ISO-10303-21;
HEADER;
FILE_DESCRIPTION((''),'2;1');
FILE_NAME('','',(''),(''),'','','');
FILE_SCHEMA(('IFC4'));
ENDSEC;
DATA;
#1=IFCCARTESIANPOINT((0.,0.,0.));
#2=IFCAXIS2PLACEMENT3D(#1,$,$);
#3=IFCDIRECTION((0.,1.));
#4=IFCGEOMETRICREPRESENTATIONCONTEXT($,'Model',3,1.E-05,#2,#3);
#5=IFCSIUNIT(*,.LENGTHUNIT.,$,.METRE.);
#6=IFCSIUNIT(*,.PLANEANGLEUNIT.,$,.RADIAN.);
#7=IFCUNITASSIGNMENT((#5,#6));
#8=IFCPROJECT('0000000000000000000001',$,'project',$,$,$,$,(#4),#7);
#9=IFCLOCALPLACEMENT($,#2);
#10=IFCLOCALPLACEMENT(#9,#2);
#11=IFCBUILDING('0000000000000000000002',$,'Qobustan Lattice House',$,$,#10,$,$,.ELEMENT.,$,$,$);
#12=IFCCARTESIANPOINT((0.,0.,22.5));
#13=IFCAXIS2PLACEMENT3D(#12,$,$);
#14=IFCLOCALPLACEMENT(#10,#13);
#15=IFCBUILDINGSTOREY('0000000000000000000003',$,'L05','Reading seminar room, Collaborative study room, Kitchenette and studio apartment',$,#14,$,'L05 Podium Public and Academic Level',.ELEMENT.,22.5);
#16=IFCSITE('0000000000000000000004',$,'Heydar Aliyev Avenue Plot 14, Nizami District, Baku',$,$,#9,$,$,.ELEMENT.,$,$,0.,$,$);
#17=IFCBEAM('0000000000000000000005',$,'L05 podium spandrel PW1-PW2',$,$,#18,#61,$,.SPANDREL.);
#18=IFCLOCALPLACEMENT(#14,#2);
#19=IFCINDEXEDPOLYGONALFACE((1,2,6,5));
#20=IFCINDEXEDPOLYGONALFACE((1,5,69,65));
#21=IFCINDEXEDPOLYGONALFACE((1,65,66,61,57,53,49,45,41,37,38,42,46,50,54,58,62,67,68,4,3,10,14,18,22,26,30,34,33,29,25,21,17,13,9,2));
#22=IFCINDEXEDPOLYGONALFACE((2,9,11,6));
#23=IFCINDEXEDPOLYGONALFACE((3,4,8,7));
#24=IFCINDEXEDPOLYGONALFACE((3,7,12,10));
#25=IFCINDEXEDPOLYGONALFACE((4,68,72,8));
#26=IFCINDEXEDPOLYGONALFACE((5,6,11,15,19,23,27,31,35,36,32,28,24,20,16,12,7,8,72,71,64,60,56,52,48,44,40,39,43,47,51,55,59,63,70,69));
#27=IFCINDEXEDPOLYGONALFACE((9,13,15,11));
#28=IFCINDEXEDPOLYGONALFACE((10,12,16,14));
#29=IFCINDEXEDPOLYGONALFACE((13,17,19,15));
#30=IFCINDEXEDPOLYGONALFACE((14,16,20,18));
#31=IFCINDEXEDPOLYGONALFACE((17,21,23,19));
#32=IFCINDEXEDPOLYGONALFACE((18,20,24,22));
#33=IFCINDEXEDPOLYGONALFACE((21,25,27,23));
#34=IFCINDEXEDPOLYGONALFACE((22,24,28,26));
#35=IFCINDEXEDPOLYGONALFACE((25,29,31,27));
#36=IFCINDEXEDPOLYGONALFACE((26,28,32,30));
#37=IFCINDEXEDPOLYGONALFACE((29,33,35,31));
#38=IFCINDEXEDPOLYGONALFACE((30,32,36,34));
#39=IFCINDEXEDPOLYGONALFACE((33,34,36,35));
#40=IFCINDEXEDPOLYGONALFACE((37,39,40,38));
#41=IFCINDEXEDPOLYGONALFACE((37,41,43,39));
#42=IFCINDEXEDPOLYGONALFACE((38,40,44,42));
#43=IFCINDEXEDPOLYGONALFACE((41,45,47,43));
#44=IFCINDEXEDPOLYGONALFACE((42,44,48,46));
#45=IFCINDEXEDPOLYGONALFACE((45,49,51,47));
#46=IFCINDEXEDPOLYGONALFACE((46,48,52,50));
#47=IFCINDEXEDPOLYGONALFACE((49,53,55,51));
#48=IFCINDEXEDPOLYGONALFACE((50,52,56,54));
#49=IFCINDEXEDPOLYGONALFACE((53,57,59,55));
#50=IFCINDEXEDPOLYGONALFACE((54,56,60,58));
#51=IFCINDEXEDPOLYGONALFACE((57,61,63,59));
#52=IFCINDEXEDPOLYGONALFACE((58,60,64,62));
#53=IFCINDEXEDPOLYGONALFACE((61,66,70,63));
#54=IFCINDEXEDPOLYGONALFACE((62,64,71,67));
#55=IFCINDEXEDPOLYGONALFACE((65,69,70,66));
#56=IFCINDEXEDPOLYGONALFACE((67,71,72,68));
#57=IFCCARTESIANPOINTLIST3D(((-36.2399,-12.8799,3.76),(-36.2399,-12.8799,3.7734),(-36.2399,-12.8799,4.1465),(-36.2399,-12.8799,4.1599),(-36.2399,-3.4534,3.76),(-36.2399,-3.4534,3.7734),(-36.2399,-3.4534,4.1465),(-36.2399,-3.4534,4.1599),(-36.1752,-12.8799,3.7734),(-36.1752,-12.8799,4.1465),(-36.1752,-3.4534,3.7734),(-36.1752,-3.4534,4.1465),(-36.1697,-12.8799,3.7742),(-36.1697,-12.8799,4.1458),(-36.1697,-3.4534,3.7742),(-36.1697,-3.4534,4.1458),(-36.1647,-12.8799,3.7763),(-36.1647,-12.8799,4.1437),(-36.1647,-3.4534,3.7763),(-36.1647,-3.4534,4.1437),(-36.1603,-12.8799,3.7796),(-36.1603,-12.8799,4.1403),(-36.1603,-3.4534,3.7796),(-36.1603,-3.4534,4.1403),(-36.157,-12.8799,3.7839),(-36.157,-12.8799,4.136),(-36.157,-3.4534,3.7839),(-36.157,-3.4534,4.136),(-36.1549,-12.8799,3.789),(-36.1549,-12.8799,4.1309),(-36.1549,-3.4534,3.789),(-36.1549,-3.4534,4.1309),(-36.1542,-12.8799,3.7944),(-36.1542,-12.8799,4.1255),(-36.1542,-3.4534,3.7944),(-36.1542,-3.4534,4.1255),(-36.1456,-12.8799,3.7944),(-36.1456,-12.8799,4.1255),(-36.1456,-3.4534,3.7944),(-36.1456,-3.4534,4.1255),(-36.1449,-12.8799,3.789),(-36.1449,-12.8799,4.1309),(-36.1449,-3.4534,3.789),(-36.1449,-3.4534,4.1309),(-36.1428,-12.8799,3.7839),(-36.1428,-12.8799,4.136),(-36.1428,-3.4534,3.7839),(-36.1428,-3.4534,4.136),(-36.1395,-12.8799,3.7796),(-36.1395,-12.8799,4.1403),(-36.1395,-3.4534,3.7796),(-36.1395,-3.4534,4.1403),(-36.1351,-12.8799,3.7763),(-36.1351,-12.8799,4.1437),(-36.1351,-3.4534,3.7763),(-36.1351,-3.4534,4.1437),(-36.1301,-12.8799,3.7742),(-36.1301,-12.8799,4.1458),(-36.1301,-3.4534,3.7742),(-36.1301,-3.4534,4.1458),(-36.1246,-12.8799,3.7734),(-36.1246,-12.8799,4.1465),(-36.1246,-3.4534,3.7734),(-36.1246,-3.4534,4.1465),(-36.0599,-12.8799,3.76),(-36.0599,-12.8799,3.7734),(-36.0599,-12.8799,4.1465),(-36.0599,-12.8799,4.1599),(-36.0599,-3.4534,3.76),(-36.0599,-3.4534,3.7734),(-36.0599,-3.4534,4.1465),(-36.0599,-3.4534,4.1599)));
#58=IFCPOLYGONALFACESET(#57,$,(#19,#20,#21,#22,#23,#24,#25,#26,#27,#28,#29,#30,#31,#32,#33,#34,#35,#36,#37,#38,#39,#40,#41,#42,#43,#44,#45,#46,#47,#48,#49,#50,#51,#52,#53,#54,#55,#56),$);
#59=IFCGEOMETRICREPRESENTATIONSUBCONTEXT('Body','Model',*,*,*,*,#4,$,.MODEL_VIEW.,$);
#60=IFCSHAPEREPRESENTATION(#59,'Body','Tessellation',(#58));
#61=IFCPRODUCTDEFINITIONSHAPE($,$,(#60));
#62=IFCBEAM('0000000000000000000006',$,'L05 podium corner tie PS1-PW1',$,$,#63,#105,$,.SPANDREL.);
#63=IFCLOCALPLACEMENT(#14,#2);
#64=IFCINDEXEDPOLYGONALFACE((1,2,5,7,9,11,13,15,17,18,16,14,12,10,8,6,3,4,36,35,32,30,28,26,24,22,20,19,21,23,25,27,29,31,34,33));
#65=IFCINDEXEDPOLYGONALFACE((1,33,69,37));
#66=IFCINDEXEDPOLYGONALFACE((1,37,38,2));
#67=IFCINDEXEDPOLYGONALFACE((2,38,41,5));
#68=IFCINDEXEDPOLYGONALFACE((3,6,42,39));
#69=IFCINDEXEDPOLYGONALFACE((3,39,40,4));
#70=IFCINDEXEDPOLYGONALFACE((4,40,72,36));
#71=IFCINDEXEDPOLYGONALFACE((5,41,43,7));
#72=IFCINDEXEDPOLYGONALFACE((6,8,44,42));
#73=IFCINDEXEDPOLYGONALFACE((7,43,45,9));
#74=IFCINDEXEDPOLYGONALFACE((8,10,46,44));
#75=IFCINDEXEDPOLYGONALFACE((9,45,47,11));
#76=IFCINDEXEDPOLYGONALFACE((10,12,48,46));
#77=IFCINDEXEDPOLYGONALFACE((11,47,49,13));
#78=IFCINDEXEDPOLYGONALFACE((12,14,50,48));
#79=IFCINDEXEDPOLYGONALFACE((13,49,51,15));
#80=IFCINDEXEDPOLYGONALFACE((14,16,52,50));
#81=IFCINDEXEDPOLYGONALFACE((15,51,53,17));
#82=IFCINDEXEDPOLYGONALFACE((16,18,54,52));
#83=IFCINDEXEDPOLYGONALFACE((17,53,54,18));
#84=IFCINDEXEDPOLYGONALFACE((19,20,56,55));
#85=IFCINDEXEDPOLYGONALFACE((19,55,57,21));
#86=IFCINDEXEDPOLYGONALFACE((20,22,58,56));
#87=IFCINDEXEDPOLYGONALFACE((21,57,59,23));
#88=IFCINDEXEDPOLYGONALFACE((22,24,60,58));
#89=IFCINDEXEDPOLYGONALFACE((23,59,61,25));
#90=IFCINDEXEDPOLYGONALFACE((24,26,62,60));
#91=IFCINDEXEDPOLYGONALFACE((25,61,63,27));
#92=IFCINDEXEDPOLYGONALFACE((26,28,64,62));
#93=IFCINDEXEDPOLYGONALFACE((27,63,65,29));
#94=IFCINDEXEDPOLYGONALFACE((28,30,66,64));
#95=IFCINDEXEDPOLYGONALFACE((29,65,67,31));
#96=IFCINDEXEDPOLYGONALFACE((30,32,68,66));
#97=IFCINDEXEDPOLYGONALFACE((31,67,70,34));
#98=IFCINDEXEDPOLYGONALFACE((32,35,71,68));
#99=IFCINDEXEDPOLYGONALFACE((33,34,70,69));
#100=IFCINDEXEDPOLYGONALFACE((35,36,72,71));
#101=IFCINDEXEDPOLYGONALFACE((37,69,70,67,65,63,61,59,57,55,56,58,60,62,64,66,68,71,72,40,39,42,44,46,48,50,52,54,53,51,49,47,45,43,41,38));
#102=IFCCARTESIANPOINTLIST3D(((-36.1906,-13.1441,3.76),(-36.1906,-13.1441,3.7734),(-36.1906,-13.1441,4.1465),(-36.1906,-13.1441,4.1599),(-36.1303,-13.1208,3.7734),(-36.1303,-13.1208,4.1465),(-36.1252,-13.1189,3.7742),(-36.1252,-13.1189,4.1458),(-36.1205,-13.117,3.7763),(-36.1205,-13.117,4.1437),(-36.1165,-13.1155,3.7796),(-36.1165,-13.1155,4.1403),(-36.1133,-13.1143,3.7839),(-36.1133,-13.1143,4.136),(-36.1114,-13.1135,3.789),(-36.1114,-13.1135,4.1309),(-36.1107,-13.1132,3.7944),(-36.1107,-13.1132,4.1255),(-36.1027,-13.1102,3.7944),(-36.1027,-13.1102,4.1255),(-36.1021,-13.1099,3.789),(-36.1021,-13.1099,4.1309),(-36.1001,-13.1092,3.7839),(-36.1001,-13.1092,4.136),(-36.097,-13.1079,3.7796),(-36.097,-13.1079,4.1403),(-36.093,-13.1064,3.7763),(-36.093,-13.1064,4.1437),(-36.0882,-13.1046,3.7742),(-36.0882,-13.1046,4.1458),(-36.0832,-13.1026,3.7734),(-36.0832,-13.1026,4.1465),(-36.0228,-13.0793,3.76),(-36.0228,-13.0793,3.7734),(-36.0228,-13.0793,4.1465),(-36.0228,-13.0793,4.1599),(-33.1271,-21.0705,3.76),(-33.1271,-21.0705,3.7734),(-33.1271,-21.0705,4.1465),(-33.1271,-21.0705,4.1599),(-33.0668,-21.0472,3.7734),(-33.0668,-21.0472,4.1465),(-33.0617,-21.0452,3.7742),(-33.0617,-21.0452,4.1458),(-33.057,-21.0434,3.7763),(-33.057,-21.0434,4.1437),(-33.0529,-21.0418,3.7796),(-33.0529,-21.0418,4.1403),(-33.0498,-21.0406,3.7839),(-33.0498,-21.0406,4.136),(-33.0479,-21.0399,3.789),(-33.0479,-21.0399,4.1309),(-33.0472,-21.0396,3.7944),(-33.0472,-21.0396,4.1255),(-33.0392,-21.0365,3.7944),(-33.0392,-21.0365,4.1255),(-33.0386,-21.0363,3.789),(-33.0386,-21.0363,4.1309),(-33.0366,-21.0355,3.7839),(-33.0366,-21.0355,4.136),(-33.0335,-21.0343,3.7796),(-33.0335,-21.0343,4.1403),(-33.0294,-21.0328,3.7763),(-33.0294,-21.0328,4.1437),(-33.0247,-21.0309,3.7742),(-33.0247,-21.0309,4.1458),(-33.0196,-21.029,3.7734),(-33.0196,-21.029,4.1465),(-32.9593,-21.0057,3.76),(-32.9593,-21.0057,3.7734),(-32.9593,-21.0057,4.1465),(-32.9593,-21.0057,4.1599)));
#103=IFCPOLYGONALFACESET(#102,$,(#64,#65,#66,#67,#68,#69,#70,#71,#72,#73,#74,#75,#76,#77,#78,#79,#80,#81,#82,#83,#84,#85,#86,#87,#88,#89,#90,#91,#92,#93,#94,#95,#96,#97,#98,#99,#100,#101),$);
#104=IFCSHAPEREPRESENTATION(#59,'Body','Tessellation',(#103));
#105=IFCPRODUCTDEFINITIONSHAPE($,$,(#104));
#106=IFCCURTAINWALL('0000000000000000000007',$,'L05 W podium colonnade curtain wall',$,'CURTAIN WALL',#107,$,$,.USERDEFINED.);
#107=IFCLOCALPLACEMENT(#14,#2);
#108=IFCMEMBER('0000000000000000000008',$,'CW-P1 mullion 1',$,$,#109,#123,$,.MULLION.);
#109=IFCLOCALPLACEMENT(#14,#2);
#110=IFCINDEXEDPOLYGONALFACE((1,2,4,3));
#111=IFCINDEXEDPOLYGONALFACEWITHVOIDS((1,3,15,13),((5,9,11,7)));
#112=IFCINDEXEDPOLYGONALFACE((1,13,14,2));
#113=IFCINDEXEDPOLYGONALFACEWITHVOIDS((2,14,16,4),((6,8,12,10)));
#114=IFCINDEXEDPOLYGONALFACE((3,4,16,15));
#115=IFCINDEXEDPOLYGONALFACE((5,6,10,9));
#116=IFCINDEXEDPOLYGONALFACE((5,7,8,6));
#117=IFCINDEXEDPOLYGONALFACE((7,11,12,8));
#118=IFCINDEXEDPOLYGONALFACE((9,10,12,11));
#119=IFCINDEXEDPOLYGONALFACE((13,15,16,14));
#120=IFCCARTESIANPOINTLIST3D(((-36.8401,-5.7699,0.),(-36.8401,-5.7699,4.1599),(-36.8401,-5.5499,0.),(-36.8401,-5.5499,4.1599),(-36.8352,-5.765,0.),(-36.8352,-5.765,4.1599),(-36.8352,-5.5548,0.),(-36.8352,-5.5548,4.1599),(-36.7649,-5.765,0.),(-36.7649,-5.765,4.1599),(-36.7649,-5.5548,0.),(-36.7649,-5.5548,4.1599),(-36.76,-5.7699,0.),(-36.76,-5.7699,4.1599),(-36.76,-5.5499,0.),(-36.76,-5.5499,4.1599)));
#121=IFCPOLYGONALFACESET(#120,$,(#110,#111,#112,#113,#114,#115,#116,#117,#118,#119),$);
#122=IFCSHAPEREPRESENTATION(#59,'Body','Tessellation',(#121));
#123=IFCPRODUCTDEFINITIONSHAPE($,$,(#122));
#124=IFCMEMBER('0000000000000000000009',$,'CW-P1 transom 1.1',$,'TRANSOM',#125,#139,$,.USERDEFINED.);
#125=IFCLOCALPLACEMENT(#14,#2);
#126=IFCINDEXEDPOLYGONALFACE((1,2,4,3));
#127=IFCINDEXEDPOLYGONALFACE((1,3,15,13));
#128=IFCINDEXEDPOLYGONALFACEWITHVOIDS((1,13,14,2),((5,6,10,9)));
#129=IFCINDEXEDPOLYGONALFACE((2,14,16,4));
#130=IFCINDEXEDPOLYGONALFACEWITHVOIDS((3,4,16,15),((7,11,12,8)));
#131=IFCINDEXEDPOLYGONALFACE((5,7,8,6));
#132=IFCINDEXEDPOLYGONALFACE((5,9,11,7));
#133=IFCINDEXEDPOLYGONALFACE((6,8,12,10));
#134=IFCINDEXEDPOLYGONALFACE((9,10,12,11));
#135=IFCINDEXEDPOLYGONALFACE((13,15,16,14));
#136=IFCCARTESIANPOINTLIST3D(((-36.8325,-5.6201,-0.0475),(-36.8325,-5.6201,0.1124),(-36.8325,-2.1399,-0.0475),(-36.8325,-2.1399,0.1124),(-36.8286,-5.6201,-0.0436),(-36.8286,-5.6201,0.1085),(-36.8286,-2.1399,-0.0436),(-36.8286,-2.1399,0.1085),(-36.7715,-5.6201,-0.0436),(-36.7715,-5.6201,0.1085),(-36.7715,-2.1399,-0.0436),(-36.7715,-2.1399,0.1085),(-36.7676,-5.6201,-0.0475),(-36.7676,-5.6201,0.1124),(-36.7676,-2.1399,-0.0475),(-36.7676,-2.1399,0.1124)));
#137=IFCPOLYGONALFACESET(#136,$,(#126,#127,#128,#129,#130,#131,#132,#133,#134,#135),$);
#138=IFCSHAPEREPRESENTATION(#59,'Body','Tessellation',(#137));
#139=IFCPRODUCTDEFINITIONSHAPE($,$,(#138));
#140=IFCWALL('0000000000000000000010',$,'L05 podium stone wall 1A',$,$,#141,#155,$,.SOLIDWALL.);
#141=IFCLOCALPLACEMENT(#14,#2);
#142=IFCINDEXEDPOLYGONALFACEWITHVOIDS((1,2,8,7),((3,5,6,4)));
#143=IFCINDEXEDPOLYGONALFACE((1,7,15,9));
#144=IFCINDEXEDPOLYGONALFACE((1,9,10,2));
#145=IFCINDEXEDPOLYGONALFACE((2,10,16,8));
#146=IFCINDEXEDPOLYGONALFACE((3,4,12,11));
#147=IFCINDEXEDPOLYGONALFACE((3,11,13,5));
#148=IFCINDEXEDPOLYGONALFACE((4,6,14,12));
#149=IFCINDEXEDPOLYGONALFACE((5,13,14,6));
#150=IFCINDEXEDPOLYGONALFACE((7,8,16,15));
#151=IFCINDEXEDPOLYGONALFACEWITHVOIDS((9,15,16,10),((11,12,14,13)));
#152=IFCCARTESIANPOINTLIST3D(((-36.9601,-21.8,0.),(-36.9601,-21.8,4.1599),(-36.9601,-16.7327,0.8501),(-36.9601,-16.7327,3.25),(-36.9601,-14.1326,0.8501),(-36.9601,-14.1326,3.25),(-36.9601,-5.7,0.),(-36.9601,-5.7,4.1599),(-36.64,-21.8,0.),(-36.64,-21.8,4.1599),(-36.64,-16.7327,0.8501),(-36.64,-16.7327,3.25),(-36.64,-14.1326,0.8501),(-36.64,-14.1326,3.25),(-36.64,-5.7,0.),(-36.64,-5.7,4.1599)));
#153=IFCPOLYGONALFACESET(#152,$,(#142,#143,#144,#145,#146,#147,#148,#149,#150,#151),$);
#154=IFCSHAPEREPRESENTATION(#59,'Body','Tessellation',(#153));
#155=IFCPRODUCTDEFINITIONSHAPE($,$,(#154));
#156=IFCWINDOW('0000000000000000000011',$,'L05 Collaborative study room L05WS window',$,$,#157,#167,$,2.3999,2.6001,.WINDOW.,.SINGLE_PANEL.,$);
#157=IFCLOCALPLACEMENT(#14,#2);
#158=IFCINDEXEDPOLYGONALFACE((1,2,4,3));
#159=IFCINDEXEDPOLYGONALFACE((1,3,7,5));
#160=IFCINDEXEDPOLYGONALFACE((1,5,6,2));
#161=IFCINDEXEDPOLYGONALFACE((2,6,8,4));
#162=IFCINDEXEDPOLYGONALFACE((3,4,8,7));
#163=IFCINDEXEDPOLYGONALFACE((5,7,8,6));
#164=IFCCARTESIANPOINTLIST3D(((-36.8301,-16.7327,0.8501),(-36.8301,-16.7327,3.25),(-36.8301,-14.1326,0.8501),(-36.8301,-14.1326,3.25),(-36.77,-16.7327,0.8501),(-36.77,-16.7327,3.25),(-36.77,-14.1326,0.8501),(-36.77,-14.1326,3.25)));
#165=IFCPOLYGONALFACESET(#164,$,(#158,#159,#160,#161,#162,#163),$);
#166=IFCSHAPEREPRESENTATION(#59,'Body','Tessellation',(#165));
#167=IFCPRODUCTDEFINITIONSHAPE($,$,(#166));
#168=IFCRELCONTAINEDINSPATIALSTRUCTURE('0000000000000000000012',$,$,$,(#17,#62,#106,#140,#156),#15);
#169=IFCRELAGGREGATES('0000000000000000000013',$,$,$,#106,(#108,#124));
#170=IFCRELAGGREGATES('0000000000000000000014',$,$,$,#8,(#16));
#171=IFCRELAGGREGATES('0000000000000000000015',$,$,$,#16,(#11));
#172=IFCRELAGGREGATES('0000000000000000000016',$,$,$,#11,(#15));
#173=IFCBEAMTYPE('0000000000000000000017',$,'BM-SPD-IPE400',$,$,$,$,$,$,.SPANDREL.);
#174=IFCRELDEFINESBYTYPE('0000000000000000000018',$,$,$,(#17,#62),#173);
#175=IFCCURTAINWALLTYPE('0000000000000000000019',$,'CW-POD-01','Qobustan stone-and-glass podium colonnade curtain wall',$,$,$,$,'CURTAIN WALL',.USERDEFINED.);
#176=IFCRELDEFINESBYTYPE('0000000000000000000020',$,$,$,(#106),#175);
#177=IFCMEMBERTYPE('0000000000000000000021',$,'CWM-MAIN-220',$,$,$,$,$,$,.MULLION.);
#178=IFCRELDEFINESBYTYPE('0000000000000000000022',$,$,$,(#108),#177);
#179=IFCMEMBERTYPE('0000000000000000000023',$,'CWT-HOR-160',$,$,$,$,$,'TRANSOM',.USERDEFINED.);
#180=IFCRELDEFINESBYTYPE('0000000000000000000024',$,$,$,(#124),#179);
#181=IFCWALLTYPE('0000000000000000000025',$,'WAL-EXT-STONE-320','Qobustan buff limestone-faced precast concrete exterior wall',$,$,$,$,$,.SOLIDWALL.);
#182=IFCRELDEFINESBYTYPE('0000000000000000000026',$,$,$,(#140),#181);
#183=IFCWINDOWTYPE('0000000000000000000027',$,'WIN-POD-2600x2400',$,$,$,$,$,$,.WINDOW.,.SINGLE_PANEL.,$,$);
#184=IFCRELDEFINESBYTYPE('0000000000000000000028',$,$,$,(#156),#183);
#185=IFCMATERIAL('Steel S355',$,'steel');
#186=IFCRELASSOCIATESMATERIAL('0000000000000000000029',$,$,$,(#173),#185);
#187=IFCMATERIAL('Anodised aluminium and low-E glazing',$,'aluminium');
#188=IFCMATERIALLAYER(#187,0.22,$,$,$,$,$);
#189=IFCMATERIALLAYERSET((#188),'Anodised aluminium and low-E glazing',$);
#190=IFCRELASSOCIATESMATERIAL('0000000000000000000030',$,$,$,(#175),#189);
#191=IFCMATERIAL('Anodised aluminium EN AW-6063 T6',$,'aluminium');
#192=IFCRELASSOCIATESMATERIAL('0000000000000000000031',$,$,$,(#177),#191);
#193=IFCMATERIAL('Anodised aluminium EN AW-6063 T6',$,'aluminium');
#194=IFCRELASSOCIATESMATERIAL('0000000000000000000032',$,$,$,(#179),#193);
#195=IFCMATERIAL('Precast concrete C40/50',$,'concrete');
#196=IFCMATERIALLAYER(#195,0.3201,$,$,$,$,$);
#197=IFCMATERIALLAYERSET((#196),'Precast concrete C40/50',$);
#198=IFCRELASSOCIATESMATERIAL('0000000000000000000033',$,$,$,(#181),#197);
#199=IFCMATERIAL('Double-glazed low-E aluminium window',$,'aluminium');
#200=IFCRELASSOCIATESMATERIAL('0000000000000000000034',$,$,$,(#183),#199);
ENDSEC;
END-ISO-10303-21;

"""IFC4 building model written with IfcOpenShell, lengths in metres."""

from ifc_helpers import new_model, si_unit, direction, frame, frame_2d, origin, origin_2d, place, context, subcontext, project, spatial, rectangle, hollow_rectangle, i_section, extrude, material, layer, layer_set, material_profile, profile_set, type_object, element, fill, aggregate, save


model = new_model("IFC4")

# Units and contexts
model_context = context("Model", 3, precision=1e-05, world=origin(), true_north=direction((0.0, 1.0)))
body_context = subcontext(model_context, "Body", "Model", "MODEL_VIEW")
ifc_project = project(units=[si_unit("LENGTHUNIT", "METRE"), si_unit("PLANEANGLEUNIT", "RADIAN")], contexts=[model_context])

# Site, building, storey
site_placement = place(None, origin())
site = spatial("IfcSite", under=ifc_project, at=site_placement, Name="Heydar Aliyev Avenue Plot 14, Nizami District, Baku", CompositionType="ELEMENT", RefElevation=0.0)
building_placement = place(site_placement, origin())
building = spatial("IfcBuilding", under=site, at=building_placement, Name="Qobustan Lattice House", CompositionType="ELEMENT")
storey_placement = place(building_placement, frame((0.0, 0.0, 22.5)))
storey = spatial("IfcBuildingStorey", under=building, at=storey_placement, Name="L05", Description="Reading seminar room, Collaborative study room, Kitchenette and studio apartment", LongName="L05 Podium Public and Academic Level", CompositionType="ELEMENT", Elevation=22.5)

# Beams
ifc_material_1 = material(Name="Steel S355", Category="steel")
ifc_material_profile_1 = material_profile(ifc_material_1, i_section(OverallWidth=0.1799, OverallDepth=0.3999, WebThickness=0.0085, FlangeThickness=0.0134, FilletRadius=0.021, at=origin_2d()), Name="IPE400")
ifc_profile_set_1 = profile_set([ifc_material_profile_1], Name="Steel S355")
beam_type_1 = type_object("IfcBeamType", Name="BM-SPD-IPE400", PredefinedType="SPANDREL", material=ifc_profile_set_1)
beam_1_placement = place(storey_placement, frame((-36.1499, -12.8799, 3.96), z_axis=(0.0, 1.0, 0.0), x_axis=(-1.0, 0.0, 0.0)))
element("IfcBeam", 1, at=beam_1_placement, inside=storey, type_object=beam_type_1, Name="L05 podium spandrel PW1-PW2", PredefinedType="SPANDREL", context=body_context, shape_type="SweptSolid", body=[
    extrude(i_section(OverallWidth=0.1799, OverallDepth=0.3999, WebThickness=0.0085, FlangeThickness=0.0134, FilletRadius=0.021, at=origin_2d()), origin(), (0.0, 0.0, 1.0), 9.4265),
])
beam_2_placement = place(storey_placement, frame((-33.0432, -21.0381, 3.96), z_axis=(-0.360507, 0.932756, 0.0), x_axis=(-0.932756, -0.360507, 0.0)))
element("IfcBeam", 2, at=beam_2_placement, inside=storey, type_object=beam_type_1, Name="L05 podium corner tie PS1-PW1", PredefinedType="SPANDREL", context=body_context, shape_type="SweptSolid", body=[
    extrude(i_section(OverallWidth=0.1799, OverallDepth=0.3999, WebThickness=0.0085, FlangeThickness=0.0134, FilletRadius=0.021, at=origin_2d()), origin(), (0.0, 0.0, 1.0), 8.4978),
])

# Curtain wall, members
ifc_material_2 = material(Name="Anodised aluminium and low-E glazing", Category="aluminium")
ifc_layer_1 = layer(ifc_material_2, 0.22)
ifc_layer_set_1 = layer_set([ifc_layer_1], Name="Anodised aluminium and low-E glazing")
curtain_wall_type = type_object("IfcCurtainWallType", Name="CW-POD-01", Description="Qobustan stone-and-glass podium colonnade curtain wall", ElementType="CURTAIN WALL", PredefinedType="USERDEFINED", material=ifc_layer_set_1)
curtain_wall_placement = place(storey_placement, origin())
curtain_wall = element("IfcCurtainWall", 3, at=curtain_wall_placement, inside=storey, type_object=curtain_wall_type, Name="L05 W podium colonnade curtain wall", ObjectType="CURTAIN WALL", PredefinedType="USERDEFINED")
ifc_material_3 = material(Name="Anodised aluminium EN AW-6063 T6", Category="aluminium")
ifc_material_profile_2 = material_profile(ifc_material_3, hollow_rectangle(XDim=0.0801, YDim=0.22, WallThickness=0.0049, at=origin_2d()), Name="CWM-220x80")
ifc_profile_set_2 = profile_set([ifc_material_profile_2], Name="Anodised aluminium EN AW-6063 T6")
member_type_1 = type_object("IfcMemberType", Name="CWM-MAIN-220", PredefinedType="MULLION", material=ifc_profile_set_2)
member_1_placement = place(storey_placement, frame((-36.8, -5.6599, 0.0), z_axis=(0.0, 0.0, 1.0), x_axis=(-1.0, 0.0, 0.0)))
member_1 = element("IfcMember", 4, at=member_1_placement, type_object=member_type_1, Name="CW-P1 mullion 1", PredefinedType="MULLION", context=body_context, shape_type="SweptSolid", body=[
    extrude(hollow_rectangle(XDim=0.0801, YDim=0.22, WallThickness=0.0049, at=origin_2d()), origin(), (0.0, 0.0, 1.0), 4.1599),
])
ifc_material_4 = material(Name="Anodised aluminium EN AW-6063 T6", Category="aluminium")
ifc_material_profile_3 = material_profile(ifc_material_4, hollow_rectangle(XDim=0.0649, YDim=0.1599, WallThickness=0.0039, at=origin_2d()), Name="CWT-160x65")
ifc_profile_set_3 = profile_set([ifc_material_profile_3], Name="Anodised aluminium EN AW-6063 T6")
member_type_2 = type_object("IfcMemberType", Name="CWT-HOR-160", ElementType="TRANSOM", PredefinedType="USERDEFINED", material=ifc_profile_set_3)
member_2_placement = place(storey_placement, frame((-36.8, -5.6201, 0.0325), z_axis=(0.0, 1.0, 0.0), x_axis=(-1.0, 0.0, 0.0)))
member_2 = element("IfcMember", 5, at=member_2_placement, type_object=member_type_2, Name="CW-P1 transom 1.1", ObjectType="TRANSOM", PredefinedType="USERDEFINED", context=body_context, shape_type="SweptSolid", body=[
    extrude(hollow_rectangle(XDim=0.0649, YDim=0.1599, WallThickness=0.0039, at=origin_2d()), origin(), (0.0, 0.0, 1.0), 3.4802),
])
aggregate(curtain_wall, [member_1, member_2])

# Wall, opening, window
ifc_material_5 = material(Name="Precast concrete C40/50", Category="concrete")
ifc_layer_2 = layer(ifc_material_5, 0.3201)
ifc_layer_set_2 = layer_set([ifc_layer_2], Name="Precast concrete C40/50")
wall_type_1 = type_object("IfcWallType", Name="WAL-EXT-STONE-320", Description="Qobustan buff limestone-faced precast concrete exterior wall", PredefinedType="SOLIDWALL", material=ifc_layer_set_2)
wall_1_placement = place(storey_placement, frame((-36.8, -21.8, 0.0), z_axis=(0.0, 0.0, 1.0), x_axis=(0.0, 1.0, 0.0)))
wall_1 = element("IfcWall", 6, at=wall_1_placement, inside=storey, type_object=wall_type_1, Name="L05 podium stone wall 1A", PredefinedType="SOLIDWALL", context=body_context, shape_type="SweptSolid", body=[
    extrude(rectangle(XDim=16.1001, YDim=0.3201, at=frame_2d((8.05, 0.0))), origin(), (0.0, 0.0, 1.0), 4.1599),
])
opening_1_placement = place(wall_1_placement, frame((5.0674, 0.0, 0.8501)))
opening_1 = element("IfcOpeningElement", 7, at=opening_1_placement, cuts=wall_1, PredefinedType="OPENING", context=body_context, shape_type="SweptSolid", body=[
    extrude(rectangle(XDim=2.6001, YDim=2.3999, at=frame_2d((1.3, 1.2))), frame((0.0, 0.1699, 0.0), z_axis=(0.0, -1.0, 0.0), x_axis=(1.0, 0.0, 0.0)), (0.0, 0.0, 1.0), 0.3401),
])
ifc_material_6 = material(Name="Double-glazed low-E aluminium window", Category="aluminium")
window_type = type_object("IfcWindowType", Name="WIN-POD-2600x2400", PartitioningType="SINGLE_PANEL", PredefinedType="WINDOW", material=ifc_material_6)
window_placement = place(opening_1_placement, origin())
window = element("IfcWindow", 8, at=window_placement, inside=storey, type_object=window_type, Name="L05 Collaborative study room L05WS window", OverallHeight=2.3999, OverallWidth=2.6001, PartitioningType="SINGLE_PANEL", PredefinedType="WINDOW", context=body_context, shape_type="SweptSolid", body=[
    extrude(rectangle(XDim=2.6001, YDim=2.3999, at=frame_2d((1.3, 1.2))), frame((0.0, 0.03, 0.0), z_axis=(0.0, -1.0, 0.0), x_axis=(1.0, 0.0, 0.0)), (0.0, 0.0, 1.0), 0.0601),
])
fill(opening_1, window)

save(model, "model.ifc")
